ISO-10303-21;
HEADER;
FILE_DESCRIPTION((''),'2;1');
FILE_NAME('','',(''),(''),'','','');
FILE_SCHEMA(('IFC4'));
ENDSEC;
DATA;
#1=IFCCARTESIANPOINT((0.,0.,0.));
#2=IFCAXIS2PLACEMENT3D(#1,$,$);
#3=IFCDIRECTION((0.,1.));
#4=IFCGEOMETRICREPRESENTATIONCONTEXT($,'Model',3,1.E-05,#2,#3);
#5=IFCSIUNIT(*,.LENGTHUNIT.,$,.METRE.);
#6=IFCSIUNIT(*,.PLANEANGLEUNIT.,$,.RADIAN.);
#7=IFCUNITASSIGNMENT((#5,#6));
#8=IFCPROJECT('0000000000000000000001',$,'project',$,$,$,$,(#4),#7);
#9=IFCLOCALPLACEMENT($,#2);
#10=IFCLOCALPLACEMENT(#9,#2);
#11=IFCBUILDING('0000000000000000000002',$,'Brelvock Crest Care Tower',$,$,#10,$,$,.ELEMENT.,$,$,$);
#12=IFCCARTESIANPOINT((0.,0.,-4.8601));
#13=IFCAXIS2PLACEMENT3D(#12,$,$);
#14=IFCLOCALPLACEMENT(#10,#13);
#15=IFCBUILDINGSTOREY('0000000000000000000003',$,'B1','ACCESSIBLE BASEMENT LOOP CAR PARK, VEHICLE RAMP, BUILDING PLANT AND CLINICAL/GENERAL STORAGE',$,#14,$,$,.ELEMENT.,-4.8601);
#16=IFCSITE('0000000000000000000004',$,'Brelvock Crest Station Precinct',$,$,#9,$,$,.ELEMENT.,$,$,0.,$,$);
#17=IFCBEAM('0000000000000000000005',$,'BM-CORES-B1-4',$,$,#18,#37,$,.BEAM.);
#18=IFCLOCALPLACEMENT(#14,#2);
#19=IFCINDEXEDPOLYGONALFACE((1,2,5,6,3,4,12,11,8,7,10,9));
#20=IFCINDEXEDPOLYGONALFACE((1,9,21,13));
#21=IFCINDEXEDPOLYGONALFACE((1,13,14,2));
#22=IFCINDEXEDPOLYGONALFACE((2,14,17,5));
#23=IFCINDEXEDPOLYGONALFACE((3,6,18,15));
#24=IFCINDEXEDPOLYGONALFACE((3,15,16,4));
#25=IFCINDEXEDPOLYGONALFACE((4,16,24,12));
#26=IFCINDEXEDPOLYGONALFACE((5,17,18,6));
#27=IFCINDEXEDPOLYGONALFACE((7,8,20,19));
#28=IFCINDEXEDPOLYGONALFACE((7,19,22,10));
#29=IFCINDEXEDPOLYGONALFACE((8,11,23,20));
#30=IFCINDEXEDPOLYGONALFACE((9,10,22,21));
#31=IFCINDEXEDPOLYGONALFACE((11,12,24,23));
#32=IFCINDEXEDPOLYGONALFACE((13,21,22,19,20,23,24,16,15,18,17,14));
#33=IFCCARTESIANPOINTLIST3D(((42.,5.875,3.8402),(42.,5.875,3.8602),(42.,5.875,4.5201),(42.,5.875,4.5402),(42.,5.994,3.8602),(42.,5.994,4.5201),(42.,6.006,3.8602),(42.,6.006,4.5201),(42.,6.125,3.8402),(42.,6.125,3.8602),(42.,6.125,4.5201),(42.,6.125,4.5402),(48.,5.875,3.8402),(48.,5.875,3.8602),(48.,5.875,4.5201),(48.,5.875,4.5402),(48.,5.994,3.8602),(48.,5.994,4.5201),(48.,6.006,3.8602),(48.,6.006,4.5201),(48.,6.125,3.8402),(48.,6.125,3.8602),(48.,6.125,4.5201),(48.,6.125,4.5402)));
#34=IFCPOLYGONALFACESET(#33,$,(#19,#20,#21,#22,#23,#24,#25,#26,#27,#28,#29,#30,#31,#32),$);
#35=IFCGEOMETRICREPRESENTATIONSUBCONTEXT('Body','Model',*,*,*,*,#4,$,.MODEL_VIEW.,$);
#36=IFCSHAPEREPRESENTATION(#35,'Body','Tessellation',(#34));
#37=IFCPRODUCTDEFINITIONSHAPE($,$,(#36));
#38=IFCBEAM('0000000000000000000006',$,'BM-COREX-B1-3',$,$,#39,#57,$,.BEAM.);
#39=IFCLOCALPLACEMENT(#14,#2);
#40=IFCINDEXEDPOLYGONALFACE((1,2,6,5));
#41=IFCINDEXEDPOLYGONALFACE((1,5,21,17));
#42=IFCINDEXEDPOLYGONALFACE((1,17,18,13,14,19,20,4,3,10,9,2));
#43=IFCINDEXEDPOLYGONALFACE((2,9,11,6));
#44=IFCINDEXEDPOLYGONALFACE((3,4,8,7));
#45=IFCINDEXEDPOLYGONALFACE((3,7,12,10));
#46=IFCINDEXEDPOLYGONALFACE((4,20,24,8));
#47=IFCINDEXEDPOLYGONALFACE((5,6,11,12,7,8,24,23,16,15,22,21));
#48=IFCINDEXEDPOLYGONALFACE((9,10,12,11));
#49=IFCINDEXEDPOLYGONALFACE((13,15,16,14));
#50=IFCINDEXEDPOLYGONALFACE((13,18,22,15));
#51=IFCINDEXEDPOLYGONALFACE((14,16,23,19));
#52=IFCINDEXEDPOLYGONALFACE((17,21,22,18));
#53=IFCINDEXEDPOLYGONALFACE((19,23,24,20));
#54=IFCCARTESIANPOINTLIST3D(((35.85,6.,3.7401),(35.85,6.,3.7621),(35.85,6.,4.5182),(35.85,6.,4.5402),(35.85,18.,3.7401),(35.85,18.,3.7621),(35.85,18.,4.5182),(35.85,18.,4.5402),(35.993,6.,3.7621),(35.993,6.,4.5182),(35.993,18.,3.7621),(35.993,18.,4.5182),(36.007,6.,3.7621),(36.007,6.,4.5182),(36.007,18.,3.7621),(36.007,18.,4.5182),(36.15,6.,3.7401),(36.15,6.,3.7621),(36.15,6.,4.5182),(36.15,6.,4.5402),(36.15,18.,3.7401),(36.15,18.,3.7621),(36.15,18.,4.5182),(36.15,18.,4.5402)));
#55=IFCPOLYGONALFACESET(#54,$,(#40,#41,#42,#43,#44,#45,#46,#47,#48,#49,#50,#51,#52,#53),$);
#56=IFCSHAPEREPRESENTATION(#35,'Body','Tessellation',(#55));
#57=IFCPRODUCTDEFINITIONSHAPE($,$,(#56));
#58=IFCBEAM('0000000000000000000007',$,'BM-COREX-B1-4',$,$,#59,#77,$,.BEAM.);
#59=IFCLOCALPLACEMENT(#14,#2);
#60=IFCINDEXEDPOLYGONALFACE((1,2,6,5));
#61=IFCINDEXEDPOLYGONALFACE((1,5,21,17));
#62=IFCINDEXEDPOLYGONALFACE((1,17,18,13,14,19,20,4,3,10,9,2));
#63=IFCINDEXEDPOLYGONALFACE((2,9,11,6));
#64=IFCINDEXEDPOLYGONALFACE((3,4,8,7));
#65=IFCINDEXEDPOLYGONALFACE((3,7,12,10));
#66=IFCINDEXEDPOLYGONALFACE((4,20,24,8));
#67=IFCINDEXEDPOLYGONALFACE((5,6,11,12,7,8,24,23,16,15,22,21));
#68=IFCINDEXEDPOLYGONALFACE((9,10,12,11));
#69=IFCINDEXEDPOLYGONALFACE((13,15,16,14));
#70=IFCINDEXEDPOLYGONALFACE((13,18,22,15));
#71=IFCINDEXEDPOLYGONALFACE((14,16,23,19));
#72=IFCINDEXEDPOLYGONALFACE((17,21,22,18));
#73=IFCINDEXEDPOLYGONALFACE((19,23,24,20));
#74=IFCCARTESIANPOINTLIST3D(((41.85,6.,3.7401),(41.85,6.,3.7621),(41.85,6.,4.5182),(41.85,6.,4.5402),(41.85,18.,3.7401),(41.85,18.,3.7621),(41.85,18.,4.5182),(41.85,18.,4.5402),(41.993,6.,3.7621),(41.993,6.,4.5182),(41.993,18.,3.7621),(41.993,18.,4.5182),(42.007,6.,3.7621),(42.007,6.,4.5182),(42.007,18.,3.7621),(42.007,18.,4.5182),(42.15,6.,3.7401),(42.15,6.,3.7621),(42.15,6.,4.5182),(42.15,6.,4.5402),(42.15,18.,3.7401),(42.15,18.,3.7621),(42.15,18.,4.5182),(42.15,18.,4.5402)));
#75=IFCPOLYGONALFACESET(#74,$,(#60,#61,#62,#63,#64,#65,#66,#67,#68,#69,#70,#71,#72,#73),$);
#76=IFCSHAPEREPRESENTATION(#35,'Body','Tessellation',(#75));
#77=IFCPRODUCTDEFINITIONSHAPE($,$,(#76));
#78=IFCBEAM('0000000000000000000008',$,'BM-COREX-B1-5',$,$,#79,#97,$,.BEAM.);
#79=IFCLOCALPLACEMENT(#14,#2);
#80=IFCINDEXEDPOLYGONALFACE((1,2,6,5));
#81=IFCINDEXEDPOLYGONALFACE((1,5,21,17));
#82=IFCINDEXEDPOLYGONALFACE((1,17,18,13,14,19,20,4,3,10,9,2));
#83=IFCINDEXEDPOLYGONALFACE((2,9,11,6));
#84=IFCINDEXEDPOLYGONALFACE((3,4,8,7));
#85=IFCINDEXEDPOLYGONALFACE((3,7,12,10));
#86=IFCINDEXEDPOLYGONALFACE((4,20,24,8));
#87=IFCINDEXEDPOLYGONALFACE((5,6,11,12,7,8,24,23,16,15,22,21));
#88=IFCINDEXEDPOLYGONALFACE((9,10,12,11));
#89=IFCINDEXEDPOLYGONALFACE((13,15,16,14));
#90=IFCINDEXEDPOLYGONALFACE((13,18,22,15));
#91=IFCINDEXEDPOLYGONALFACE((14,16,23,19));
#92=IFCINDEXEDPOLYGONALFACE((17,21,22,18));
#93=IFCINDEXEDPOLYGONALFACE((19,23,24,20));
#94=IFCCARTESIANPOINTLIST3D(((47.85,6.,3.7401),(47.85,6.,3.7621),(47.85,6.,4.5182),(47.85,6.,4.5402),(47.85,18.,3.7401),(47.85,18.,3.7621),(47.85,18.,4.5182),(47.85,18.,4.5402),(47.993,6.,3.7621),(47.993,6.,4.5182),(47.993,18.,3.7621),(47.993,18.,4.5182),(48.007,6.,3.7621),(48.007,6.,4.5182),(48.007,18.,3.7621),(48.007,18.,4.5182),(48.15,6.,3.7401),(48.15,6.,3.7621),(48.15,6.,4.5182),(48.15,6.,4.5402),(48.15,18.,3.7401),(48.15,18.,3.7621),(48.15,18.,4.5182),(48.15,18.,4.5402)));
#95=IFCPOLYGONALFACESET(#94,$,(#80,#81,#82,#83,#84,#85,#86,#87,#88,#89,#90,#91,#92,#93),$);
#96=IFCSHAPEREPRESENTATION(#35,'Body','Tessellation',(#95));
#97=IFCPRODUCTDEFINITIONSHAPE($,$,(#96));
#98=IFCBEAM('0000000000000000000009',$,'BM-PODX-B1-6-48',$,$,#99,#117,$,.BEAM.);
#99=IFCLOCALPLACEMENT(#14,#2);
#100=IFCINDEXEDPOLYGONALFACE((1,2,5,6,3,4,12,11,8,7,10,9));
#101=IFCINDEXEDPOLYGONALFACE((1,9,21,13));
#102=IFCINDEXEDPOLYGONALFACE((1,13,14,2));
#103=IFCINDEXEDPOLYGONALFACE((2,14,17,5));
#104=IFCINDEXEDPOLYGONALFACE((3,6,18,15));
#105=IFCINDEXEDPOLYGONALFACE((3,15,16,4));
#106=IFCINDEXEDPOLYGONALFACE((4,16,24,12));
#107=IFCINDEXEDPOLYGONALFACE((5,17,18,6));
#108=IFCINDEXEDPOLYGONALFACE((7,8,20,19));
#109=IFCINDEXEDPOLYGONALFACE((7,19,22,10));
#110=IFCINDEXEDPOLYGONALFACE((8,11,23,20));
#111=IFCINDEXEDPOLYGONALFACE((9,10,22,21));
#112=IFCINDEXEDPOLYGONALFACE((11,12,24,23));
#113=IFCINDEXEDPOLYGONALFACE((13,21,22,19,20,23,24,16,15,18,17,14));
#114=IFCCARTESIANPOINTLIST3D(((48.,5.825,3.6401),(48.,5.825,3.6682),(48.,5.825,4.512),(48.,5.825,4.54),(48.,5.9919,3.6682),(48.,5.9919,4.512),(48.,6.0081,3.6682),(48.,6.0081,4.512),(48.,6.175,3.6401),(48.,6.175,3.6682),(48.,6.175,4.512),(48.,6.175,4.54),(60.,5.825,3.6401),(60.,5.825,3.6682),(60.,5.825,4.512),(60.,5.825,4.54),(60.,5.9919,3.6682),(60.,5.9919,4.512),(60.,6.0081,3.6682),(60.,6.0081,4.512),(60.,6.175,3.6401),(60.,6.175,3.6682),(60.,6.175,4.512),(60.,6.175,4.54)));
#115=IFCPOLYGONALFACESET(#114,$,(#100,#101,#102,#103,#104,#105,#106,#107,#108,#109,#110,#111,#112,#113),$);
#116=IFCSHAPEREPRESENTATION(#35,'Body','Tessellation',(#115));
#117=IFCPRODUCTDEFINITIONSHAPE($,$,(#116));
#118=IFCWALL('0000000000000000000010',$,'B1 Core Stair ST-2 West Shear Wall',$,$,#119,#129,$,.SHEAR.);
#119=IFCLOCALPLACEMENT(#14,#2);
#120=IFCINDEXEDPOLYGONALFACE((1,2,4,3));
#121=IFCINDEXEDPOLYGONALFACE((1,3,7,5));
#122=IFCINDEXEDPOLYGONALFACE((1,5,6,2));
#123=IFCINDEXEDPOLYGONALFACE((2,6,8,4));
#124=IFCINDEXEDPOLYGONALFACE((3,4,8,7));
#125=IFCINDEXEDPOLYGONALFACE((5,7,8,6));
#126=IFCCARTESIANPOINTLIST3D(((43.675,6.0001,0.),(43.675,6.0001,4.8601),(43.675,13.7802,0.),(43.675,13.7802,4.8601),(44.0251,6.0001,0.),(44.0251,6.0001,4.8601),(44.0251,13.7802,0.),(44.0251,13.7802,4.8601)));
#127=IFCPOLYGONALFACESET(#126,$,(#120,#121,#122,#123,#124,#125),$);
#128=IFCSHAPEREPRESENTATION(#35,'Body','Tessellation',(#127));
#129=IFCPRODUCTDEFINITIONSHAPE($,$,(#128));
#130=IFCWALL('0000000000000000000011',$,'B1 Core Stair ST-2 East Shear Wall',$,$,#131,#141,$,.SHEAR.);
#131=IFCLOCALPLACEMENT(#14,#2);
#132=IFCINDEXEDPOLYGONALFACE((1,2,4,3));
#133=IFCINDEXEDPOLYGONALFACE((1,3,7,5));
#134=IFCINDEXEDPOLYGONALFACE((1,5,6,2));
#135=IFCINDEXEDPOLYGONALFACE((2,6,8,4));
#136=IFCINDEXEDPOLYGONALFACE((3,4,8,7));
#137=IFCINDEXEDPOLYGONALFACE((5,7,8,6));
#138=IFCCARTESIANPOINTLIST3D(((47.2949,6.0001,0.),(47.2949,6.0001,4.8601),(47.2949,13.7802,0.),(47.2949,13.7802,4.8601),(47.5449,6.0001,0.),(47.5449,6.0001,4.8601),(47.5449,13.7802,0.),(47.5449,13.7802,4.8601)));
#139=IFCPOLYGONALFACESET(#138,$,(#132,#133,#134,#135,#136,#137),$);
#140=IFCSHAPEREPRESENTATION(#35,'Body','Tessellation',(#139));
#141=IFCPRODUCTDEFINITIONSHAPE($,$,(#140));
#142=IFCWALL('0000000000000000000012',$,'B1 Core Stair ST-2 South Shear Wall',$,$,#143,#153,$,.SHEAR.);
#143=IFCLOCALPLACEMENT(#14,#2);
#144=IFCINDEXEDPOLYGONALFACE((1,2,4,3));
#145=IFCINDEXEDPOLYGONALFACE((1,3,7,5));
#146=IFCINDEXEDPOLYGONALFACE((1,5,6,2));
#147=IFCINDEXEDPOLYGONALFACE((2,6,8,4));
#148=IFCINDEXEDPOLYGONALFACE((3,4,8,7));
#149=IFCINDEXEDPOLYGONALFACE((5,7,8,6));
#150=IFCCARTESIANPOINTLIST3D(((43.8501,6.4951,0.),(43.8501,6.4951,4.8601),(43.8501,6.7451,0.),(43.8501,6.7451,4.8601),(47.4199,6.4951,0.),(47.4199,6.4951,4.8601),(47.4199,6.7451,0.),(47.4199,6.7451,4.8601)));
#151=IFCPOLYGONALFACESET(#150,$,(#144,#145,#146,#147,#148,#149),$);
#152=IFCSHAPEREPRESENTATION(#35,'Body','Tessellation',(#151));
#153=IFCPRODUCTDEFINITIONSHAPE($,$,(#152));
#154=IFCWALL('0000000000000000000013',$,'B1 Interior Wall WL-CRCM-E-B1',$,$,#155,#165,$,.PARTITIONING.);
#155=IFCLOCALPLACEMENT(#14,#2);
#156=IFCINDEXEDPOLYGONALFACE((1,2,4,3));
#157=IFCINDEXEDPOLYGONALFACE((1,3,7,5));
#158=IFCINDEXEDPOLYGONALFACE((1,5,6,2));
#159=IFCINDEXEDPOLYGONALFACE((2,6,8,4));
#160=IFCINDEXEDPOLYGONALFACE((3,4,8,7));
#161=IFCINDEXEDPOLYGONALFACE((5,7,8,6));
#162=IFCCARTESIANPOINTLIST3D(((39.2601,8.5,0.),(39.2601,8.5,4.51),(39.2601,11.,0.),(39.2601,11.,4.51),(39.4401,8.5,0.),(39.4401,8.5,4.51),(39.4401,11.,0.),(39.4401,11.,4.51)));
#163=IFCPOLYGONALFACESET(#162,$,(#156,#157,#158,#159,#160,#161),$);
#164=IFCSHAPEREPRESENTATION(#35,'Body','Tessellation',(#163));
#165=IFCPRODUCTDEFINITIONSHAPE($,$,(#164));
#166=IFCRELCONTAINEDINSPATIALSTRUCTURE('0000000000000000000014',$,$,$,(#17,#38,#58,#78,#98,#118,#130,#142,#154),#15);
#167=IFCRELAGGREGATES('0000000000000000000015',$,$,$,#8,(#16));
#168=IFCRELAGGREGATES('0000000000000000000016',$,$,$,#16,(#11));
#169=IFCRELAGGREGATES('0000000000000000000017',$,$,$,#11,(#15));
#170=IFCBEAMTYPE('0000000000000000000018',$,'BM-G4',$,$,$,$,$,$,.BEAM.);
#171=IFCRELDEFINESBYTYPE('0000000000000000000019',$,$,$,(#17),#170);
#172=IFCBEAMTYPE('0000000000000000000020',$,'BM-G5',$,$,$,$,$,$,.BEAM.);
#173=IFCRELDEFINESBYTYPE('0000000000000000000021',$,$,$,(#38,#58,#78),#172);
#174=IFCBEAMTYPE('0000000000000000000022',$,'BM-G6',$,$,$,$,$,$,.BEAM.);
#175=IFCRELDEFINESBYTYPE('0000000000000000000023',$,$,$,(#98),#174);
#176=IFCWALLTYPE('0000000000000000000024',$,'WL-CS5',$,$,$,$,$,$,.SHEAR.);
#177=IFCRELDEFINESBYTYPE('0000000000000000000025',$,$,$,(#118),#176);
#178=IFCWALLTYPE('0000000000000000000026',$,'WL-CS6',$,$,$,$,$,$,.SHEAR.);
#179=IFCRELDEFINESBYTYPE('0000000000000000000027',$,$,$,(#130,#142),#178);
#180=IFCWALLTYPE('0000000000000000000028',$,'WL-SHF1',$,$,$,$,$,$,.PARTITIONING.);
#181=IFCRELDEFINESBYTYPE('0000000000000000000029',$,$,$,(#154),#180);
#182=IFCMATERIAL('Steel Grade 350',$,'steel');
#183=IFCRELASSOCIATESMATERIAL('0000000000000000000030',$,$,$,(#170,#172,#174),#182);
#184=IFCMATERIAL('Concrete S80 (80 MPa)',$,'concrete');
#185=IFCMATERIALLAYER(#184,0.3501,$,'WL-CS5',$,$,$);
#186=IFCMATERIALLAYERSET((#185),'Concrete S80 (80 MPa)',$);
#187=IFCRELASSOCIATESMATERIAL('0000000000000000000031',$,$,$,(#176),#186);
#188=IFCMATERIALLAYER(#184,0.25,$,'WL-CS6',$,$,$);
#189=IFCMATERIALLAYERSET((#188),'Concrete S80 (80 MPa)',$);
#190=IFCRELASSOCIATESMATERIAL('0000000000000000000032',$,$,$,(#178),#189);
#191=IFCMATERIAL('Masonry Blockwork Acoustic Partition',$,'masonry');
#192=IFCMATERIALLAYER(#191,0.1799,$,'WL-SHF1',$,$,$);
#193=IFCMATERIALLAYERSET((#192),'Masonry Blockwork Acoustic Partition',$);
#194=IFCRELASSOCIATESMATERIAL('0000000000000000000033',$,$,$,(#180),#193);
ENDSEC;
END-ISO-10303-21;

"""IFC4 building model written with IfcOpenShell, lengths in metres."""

from ifc_helpers import new_model, si_unit, direction, frame, frame_2d, origin, origin_2d, place, context, subcontext, project, spatial, rectangle, i_section, extrude, source, transform, mapped, material, layer, layer_set, material_profile, profile_set, type_object, element, save


model = new_model("IFC4")

# Units and contexts
model_context = context("Model", 3, precision=1e-05, world=origin(), true_north=direction((0.0, 1.0)))
body_context = subcontext(model_context, "Body", "Model", "MODEL_VIEW")
ifc_project = project(units=[si_unit("LENGTHUNIT", "METRE"), si_unit("PLANEANGLEUNIT", "RADIAN")], contexts=[model_context])

# Site, building, storey
site_placement = place(None, origin())
site = spatial("IfcSite", under=ifc_project, at=site_placement, Name="Brelvock Crest Station Precinct", CompositionType="ELEMENT", RefElevation=0.0)
building_placement = place(site_placement, origin())
building = spatial("IfcBuilding", under=site, at=building_placement, Name="Brelvock Crest Care Tower", CompositionType="ELEMENT")
storey_placement = place(building_placement, frame((0.0, 0.0, -4.8601)))
storey = spatial("IfcBuildingStorey", under=building, at=storey_placement, Name="B1", Description="ACCESSIBLE BASEMENT LOOP CAR PARK, VEHICLE RAMP, BUILDING PLANT AND CLINICAL/GENERAL STORAGE", CompositionType="ELEMENT", Elevation=-4.8601)

# Shared definitions
ifc_material_1 = material(Name="Concrete S80 (80 MPa)", Category="concrete")

# Beams
ifc_material_2 = material(Name="Steel Grade 350", Category="steel")
ifc_material_profile_1 = material_profile(ifc_material_2, i_section(OverallWidth=0.25, OverallDepth=0.7, WebThickness=0.012, FlangeThickness=0.02, at=origin_2d()), Name="700WB150")
ifc_profile_set_1 = profile_set([ifc_material_profile_1], Name="Steel Grade 350")
beam_type_1 = type_object("IfcBeamType", Name="BM-G4", PredefinedType="BEAM", material=ifc_profile_set_1)
shared_shape_1 = source(origin(), body_context, "Body", "SweptSolid", [
    extrude(i_section(OverallWidth=0.25, OverallDepth=0.7, WebThickness=0.012, FlangeThickness=0.02, at=origin_2d()), origin(), (0.0, 0.0, 1.0), 6.0),
])
for number, where, z_axis, x_axis, name in (
    (1, (42.0, 6.0, 4.1902), (1.0, 0.0, 0.0), (0.0, 1.0, 0.0), "BM-CORES-B1-4"),
):
    element("IfcBeam", number, at=place(storey_placement, frame(where, z_axis=z_axis, x_axis=x_axis)), inside=storey, type_object=beam_type_1, Name=name, PredefinedType="BEAM", context=body_context, shape_type="MappedRepresentation", body=[
        mapped(shared_shape_1, transform((0.0, 0.0, 0.0), x_axis=(1.0, 0.0, 0.0), y_axis=(0.0, 1.0, 0.0), z_axis=(0.0, 0.0, 1.0), scale=1.0)),
    ])
ifc_material_profile_2 = material_profile(ifc_material_2, i_section(OverallWidth=0.3, OverallDepth=0.8, WebThickness=0.0139, FlangeThickness=0.022, at=origin_2d()), Name="800WB192")
ifc_profile_set_2 = profile_set([ifc_material_profile_2], Name="Steel Grade 350")
beam_type_2 = type_object("IfcBeamType", Name="BM-G5", PredefinedType="BEAM", material=ifc_profile_set_2)
shared_shape_2 = source(origin(), body_context, "Body", "SweptSolid", [
    extrude(i_section(OverallWidth=0.3, OverallDepth=0.8, WebThickness=0.0139, FlangeThickness=0.022, at=origin_2d()), origin(), (0.0, 0.0, 1.0), 12.0),
])
for number, where, z_axis, x_axis, name in (
    (2, (36.0, 6.0, 4.1401), (0.0, 1.0, 0.0), (-1.0, 0.0, 0.0), "BM-COREX-B1-3"),
    (3, (42.0, 6.0, 4.1401), (0.0, 1.0, 0.0), (-1.0, 0.0, 0.0), "BM-COREX-B1-4"),
    (4, (48.0, 6.0, 4.1401), (0.0, 1.0, 0.0), (-1.0, 0.0, 0.0), "BM-COREX-B1-5"),
):
    element("IfcBeam", number, at=place(storey_placement, frame(where, z_axis=z_axis, x_axis=x_axis)), inside=storey, type_object=beam_type_2, Name=name, PredefinedType="BEAM", context=body_context, shape_type="MappedRepresentation", body=[
        mapped(shared_shape_2, transform((0.0, 0.0, 0.0), x_axis=(1.0, 0.0, 0.0), y_axis=(0.0, 1.0, 0.0), z_axis=(0.0, 0.0, 1.0), scale=1.0)),
    ])
ifc_material_profile_3 = material_profile(ifc_material_2, i_section(OverallWidth=0.3501, OverallDepth=0.8999, WebThickness=0.0161, FlangeThickness=0.0281, at=origin_2d()), Name="900WB257")
ifc_profile_set_3 = profile_set([ifc_material_profile_3], Name="Steel Grade 350")
beam_type_3 = type_object("IfcBeamType", Name="BM-G6", PredefinedType="BEAM", material=ifc_profile_set_3)
shared_shape_3 = source(origin(), body_context, "Body", "SweptSolid", [
    extrude(i_section(OverallWidth=0.3501, OverallDepth=0.8999, WebThickness=0.0161, FlangeThickness=0.0281, at=origin_2d()), origin(), (0.0, 0.0, 1.0), 12.0),
])
beam_placement = place(storey_placement, frame((48.0, 6.0, 4.0901), z_axis=(1.0, 0.0, 0.0), x_axis=(0.0, 1.0, 0.0)))
element("IfcBeam", 5, at=beam_placement, inside=storey, type_object=beam_type_3, Name="BM-PODX-B1-6-48", PredefinedType="BEAM", context=body_context, shape_type="MappedRepresentation", body=[
    mapped(shared_shape_3, transform((0.0, 0.0, 0.0), x_axis=(1.0, 0.0, 0.0), y_axis=(0.0, 1.0, 0.0), z_axis=(0.0, 0.0, 1.0), scale=1.0)),
])

# Walls
ifc_layer_1 = layer(ifc_material_1, 0.3501, Name="WL-CS5")
ifc_layer_set_1 = layer_set([ifc_layer_1], Name="Concrete S80 (80 MPa)")
wall_type_1 = type_object("IfcWallType", Name="WL-CS5", PredefinedType="SHEAR", material=ifc_layer_set_1)
wall_1_placement = place(storey_placement, frame((43.8501, 6.0, 0.0), z_axis=(0.0, 0.0, 1.0), x_axis=(0.0, 1.0, 0.0)))
element("IfcWall", 6, at=wall_1_placement, inside=storey, type_object=wall_type_1, Name="B1 Core Stair ST-2 West Shear Wall", PredefinedType="SHEAR", context=body_context, shape_type="SweptSolid", body=[
    extrude(rectangle(XDim=7.78, YDim=0.3501, at=frame_2d((3.8901, 0.0))), origin(), (0.0, 0.0, 1.0), 4.8601),
])
ifc_layer_2 = layer(ifc_material_1, 0.25, Name="WL-CS6")
ifc_layer_set_2 = layer_set([ifc_layer_2], Name="Concrete S80 (80 MPa)")
wall_type_2 = type_object("IfcWallType", Name="WL-CS6", PredefinedType="SHEAR", material=ifc_layer_set_2)
wall_2_placement = place(storey_placement, frame((47.4199, 6.0, 0.0), z_axis=(0.0, 0.0, 1.0), x_axis=(0.0, 1.0, 0.0)))
element("IfcWall", 7, at=wall_2_placement, inside=storey, type_object=wall_type_2, Name="B1 Core Stair ST-2 East Shear Wall", PredefinedType="SHEAR", context=body_context, shape_type="SweptSolid", body=[
    extrude(rectangle(XDim=7.78, YDim=0.25, at=frame_2d((3.8901, 0.0))), origin(), (0.0, 0.0, 1.0), 4.8601),
])
wall_3_placement = place(storey_placement, frame((43.8501, 6.6201, 0.0), z_axis=(0.0, 0.0, 1.0), x_axis=(1.0, 0.0, 0.0)))
element("IfcWall", 8, at=wall_3_placement, inside=storey, type_object=wall_type_2, Name="B1 Core Stair ST-2 South Shear Wall", PredefinedType="SHEAR", context=body_context, shape_type="SweptSolid", body=[
    extrude(rectangle(XDim=3.5698, YDim=0.25, at=frame_2d((1.7849, 0.0))), origin(), (0.0, 0.0, 1.0), 4.8601),
])
ifc_material_3 = material(Name="Masonry Blockwork Acoustic Partition", Category="masonry")
ifc_layer_3 = layer(ifc_material_3, 0.1799, Name="WL-SHF1")
ifc_layer_set_3 = layer_set([ifc_layer_3], Name="Masonry Blockwork Acoustic Partition")
wall_type_3 = type_object("IfcWallType", Name="WL-SHF1", PredefinedType="PARTITIONING", material=ifc_layer_set_3)
wall_4_placement = place(storey_placement, frame((39.3501, 8.5, 0.0), z_axis=(0.0, 0.0, 1.0), x_axis=(0.0, 1.0, 0.0)))
element("IfcWall", 9, at=wall_4_placement, inside=storey, type_object=wall_type_3, Name="B1 Interior Wall WL-CRCM-E-B1", PredefinedType="PARTITIONING", context=body_context, shape_type="SweptSolid", body=[
    extrude(rectangle(XDim=2.5, YDim=0.1799, at=frame_2d((1.25, 0.0))), origin(), (0.0, 0.0, 1.0), 4.51),
])

save(model, "model.ifc")
